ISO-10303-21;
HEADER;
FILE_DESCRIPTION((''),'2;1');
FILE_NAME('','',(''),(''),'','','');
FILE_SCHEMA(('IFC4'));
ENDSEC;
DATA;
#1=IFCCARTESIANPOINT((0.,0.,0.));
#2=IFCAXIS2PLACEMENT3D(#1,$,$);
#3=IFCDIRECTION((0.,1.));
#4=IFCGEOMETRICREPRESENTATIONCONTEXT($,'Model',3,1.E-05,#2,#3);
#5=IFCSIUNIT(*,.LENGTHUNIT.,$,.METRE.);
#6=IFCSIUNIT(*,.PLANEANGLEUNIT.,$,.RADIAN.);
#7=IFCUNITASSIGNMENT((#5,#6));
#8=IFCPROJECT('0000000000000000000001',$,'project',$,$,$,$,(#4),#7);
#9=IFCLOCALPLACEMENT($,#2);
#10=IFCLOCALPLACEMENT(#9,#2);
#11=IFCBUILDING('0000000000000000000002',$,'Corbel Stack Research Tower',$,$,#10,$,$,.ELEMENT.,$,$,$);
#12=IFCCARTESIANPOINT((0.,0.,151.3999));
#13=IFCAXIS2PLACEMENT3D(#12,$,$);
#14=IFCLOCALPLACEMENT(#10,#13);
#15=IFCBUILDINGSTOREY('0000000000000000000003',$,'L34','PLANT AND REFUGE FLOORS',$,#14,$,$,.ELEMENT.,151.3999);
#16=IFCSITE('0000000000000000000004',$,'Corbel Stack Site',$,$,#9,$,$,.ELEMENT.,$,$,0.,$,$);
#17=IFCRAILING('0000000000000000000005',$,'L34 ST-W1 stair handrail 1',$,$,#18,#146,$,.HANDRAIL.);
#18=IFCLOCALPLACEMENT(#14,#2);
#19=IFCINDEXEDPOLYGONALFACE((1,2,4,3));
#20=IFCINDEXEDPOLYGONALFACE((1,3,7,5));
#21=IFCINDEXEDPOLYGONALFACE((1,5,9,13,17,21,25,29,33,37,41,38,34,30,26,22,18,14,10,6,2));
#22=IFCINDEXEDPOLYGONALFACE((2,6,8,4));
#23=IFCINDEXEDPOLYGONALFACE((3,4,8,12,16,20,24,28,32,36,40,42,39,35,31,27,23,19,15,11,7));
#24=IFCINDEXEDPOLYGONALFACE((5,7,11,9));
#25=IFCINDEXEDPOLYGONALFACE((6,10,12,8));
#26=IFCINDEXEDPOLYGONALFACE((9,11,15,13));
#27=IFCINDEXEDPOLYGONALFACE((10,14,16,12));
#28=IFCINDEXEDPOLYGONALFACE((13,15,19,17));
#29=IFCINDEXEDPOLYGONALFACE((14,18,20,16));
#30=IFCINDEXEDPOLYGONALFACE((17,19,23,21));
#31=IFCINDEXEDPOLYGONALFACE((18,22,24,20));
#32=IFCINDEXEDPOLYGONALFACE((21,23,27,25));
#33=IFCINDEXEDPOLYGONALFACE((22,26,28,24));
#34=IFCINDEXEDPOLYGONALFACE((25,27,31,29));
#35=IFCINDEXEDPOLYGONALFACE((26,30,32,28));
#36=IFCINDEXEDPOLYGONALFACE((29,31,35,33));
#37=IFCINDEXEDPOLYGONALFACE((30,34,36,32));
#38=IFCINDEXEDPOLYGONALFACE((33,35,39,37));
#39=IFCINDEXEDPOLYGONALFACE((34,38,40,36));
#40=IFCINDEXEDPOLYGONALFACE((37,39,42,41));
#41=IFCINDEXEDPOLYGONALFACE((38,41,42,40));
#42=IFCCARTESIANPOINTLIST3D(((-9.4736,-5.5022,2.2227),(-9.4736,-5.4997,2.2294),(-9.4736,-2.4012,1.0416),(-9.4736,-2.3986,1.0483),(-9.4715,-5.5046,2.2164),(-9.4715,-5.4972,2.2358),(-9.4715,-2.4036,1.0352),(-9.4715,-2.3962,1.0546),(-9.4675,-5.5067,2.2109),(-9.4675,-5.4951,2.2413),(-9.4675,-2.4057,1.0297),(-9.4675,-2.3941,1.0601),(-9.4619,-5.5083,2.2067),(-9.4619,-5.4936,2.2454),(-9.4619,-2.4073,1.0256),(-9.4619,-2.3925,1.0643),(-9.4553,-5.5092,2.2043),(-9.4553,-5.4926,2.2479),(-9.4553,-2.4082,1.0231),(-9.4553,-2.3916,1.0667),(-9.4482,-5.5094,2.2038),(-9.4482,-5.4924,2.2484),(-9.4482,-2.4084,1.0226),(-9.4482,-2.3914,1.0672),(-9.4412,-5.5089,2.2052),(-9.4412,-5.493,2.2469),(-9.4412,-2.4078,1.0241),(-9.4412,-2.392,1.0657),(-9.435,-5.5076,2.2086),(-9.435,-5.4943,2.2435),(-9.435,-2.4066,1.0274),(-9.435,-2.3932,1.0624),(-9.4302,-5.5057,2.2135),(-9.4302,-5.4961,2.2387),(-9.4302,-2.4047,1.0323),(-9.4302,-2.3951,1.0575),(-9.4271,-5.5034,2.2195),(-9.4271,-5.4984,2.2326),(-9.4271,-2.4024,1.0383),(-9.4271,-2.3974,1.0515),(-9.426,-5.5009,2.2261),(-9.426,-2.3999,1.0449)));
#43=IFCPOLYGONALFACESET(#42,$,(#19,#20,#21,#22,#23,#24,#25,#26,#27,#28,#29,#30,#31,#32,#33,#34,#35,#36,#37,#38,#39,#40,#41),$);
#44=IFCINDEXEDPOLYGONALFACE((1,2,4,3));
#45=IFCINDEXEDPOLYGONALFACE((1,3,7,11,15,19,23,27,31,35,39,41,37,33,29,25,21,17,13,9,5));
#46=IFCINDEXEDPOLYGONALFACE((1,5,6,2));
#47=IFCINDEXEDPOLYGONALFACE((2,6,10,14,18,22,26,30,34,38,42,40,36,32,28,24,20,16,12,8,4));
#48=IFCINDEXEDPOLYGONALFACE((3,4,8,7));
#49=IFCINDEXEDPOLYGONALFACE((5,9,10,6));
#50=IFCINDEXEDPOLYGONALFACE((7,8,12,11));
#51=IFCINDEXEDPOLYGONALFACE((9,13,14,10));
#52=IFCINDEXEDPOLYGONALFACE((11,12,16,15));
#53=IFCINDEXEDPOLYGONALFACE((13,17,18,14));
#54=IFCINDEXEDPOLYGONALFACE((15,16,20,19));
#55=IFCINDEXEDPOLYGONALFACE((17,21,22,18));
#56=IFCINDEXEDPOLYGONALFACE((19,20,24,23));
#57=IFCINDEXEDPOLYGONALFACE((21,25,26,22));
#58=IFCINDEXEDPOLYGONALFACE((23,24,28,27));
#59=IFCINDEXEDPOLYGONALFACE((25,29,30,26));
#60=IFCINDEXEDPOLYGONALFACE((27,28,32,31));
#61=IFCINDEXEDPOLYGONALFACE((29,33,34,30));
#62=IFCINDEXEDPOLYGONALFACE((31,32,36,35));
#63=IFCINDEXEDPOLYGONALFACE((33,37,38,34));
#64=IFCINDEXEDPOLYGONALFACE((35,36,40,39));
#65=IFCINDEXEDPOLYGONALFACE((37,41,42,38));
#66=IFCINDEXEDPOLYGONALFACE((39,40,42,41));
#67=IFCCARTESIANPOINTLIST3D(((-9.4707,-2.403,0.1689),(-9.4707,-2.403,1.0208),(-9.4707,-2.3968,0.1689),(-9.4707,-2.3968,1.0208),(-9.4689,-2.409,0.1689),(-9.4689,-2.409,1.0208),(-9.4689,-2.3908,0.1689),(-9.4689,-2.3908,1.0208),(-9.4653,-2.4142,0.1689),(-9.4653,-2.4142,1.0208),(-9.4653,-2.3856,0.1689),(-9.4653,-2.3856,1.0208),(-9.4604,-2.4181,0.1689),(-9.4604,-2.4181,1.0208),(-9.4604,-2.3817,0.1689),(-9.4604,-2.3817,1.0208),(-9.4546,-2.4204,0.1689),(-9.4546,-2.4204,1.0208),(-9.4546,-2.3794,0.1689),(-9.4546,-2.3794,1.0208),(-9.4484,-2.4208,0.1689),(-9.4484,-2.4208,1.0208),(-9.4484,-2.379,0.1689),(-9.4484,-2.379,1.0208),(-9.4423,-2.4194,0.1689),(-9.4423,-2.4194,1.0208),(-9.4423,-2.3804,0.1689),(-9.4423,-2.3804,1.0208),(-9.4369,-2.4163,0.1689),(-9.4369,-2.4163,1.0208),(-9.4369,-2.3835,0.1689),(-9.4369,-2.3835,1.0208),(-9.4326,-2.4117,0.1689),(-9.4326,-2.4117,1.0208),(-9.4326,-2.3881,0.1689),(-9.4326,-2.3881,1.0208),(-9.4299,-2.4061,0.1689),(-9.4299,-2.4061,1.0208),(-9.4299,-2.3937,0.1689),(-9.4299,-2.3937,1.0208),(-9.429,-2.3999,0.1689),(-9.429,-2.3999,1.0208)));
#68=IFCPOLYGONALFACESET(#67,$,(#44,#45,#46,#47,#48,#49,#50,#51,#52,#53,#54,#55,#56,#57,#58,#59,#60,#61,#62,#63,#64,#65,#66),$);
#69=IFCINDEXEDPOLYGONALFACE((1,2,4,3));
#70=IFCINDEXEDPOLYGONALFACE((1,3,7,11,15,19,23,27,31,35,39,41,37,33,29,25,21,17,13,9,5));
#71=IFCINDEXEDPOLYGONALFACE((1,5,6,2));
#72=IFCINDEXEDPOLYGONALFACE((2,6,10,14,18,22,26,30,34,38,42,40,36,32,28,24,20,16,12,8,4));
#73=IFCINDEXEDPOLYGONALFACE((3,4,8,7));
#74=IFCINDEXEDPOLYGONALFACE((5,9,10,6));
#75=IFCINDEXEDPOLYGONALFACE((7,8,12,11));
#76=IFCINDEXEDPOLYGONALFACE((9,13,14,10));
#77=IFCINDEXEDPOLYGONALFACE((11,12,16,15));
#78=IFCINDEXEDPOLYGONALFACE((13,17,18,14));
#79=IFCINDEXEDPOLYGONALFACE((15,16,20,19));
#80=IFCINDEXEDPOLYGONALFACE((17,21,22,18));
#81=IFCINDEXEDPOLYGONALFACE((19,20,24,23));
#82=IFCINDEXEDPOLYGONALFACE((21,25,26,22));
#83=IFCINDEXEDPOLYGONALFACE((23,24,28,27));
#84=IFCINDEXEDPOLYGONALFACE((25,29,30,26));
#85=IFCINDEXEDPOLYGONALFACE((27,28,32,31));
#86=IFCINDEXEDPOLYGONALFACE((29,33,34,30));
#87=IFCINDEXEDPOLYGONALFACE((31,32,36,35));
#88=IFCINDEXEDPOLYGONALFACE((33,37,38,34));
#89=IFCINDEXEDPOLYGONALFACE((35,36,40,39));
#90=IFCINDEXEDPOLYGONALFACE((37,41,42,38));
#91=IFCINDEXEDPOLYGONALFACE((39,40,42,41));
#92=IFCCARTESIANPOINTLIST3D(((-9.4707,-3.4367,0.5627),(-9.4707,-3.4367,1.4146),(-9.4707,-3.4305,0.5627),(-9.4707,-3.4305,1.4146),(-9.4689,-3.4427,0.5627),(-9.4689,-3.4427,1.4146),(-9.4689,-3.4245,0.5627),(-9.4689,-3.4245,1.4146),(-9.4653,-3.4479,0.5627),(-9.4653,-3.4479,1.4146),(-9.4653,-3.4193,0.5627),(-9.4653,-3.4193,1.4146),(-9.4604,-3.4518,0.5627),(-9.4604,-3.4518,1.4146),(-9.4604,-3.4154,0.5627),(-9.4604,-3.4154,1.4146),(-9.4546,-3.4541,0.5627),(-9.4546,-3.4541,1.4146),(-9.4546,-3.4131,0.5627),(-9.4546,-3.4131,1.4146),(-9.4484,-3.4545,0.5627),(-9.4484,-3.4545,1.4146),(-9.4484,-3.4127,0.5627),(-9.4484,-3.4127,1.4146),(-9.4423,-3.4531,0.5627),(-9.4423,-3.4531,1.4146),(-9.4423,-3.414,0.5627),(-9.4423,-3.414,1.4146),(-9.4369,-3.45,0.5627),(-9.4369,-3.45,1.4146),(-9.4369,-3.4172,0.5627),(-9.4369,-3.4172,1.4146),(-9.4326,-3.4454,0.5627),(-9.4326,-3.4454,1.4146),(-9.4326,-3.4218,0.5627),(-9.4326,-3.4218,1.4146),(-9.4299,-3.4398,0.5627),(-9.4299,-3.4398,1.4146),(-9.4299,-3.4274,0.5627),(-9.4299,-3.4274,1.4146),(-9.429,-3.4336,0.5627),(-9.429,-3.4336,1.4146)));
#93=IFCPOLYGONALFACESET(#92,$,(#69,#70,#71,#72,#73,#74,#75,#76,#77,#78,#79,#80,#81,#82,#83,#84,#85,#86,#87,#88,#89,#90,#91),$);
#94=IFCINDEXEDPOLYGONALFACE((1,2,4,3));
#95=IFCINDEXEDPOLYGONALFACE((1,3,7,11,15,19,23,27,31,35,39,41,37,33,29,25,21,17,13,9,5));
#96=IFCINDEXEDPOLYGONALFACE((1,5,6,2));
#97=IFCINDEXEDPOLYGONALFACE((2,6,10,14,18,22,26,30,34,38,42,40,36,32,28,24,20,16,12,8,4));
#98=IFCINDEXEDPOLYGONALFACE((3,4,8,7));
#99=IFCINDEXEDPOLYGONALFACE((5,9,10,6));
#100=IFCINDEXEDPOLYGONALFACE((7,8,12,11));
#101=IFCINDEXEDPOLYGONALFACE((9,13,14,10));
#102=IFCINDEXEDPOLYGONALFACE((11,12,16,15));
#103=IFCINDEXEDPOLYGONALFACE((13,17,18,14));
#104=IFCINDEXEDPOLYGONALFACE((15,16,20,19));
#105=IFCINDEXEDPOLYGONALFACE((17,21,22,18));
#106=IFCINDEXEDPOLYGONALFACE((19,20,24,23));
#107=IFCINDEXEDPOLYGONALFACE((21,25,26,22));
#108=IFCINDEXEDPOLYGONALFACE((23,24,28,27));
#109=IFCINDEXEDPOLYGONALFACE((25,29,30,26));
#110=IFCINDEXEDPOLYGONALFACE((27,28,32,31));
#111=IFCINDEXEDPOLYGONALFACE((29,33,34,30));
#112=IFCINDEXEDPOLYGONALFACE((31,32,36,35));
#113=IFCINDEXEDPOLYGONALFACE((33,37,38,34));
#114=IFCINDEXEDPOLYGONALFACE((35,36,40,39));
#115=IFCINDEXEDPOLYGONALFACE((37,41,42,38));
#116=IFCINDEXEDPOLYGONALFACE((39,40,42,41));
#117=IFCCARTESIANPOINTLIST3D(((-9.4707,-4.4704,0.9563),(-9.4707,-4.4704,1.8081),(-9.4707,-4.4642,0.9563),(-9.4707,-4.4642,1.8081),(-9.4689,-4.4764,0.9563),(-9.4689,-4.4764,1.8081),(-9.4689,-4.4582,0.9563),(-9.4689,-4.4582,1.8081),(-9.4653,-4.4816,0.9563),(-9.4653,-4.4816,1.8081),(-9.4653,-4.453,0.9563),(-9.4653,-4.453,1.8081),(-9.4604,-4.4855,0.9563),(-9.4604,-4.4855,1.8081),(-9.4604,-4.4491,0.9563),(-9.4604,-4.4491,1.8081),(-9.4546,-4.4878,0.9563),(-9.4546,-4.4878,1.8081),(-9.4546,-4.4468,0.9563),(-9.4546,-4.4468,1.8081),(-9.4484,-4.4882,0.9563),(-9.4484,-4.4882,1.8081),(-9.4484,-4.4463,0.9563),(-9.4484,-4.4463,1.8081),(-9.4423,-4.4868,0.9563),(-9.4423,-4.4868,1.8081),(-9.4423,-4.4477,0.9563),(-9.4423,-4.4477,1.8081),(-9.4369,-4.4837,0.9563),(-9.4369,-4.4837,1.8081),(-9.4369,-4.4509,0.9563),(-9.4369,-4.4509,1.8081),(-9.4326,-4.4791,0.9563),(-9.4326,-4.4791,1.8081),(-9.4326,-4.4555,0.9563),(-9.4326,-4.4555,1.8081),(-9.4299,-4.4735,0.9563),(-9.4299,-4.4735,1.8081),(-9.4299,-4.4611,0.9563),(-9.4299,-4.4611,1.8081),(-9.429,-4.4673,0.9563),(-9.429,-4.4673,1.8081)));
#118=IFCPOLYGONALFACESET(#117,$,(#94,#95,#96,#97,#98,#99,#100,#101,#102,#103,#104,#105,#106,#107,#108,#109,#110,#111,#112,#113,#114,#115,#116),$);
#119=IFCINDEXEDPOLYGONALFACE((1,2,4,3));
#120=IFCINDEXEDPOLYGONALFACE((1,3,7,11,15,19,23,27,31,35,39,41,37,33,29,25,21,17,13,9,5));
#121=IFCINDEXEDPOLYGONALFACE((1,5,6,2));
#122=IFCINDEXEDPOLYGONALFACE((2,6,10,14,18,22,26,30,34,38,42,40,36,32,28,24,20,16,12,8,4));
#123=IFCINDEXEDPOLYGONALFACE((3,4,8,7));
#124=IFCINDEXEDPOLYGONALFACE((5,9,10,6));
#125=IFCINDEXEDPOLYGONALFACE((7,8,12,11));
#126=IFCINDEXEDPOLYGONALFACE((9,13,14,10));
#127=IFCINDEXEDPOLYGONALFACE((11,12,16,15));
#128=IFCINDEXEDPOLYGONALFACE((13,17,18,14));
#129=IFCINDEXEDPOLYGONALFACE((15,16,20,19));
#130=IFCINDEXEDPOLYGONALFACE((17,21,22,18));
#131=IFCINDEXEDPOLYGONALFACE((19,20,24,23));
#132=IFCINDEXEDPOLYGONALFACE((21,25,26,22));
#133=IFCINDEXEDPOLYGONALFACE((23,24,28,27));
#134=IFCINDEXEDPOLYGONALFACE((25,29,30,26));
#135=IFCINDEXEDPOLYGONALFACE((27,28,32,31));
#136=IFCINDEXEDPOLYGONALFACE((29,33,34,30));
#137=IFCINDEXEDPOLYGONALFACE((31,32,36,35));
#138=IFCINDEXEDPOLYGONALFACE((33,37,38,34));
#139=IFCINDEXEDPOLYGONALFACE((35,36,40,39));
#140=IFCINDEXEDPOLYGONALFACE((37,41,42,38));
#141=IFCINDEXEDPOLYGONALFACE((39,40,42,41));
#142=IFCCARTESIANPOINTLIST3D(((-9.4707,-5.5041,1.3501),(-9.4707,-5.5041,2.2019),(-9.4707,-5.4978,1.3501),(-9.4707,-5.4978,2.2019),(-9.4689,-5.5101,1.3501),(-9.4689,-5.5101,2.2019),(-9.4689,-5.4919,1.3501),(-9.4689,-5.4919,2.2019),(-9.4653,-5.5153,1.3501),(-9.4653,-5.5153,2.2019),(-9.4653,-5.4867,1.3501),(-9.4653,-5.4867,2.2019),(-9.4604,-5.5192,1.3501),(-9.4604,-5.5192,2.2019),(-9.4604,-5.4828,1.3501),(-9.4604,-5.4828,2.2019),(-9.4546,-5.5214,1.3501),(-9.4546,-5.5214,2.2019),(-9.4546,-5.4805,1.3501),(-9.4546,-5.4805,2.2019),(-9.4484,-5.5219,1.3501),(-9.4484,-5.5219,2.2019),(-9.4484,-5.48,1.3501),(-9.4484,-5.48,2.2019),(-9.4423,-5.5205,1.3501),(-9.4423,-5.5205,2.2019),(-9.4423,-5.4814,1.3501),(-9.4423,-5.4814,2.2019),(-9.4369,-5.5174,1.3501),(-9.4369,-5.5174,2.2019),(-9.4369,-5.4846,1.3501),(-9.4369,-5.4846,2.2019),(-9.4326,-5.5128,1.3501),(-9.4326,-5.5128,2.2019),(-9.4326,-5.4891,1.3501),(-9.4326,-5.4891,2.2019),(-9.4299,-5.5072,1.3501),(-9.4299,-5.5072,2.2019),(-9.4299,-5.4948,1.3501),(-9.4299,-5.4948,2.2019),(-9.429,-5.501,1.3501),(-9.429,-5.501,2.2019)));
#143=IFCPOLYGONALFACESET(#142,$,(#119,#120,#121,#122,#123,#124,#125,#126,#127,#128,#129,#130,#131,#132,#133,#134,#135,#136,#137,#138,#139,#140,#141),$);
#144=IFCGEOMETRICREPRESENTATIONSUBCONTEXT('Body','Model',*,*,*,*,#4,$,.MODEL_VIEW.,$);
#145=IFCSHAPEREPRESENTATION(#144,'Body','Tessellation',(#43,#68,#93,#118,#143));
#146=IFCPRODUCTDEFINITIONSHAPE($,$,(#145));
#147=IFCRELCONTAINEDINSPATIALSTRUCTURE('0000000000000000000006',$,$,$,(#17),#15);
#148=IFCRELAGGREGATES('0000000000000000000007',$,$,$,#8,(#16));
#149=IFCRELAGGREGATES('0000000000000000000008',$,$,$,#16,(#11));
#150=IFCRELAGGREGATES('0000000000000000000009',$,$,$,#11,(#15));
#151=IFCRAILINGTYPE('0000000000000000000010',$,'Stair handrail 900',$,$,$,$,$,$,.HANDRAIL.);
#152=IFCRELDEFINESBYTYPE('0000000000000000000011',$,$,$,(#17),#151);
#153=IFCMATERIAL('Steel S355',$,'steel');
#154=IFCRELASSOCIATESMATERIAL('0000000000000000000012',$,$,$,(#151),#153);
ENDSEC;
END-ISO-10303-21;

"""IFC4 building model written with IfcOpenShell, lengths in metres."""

from ifc_helpers import new_model, si_unit, direction, frame, origin, origin_2d, place, context, subcontext, project, spatial, circle, extrude, material, type_object, element, save


model = new_model("IFC4")

# Units and contexts
model_context = context("Model", 3, precision=1e-05, world=origin(), true_north=direction((0.0, 1.0)))
body_context = subcontext(model_context, "Body", "Model", "MODEL_VIEW")
ifc_project = project(units=[si_unit("LENGTHUNIT", "METRE"), si_unit("PLANEANGLEUNIT", "RADIAN")], contexts=[model_context])

# Site, building, storey
site_placement = place(None, origin())
site = spatial("IfcSite", under=ifc_project, at=site_placement, Name="Corbel Stack Site", CompositionType="ELEMENT", RefElevation=0.0)
building_placement = place(site_placement, origin())
building = spatial("IfcBuilding", under=site, at=building_placement, Name="Corbel Stack Research Tower", CompositionType="ELEMENT")
storey_placement = place(building_placement, frame((0.0, 0.0, 151.3999)))
storey = spatial("IfcBuildingStorey", under=building, at=storey_placement, Name="L34", Description="PLANT AND REFUGE FLOORS", CompositionType="ELEMENT", Elevation=151.3999)

# Railing
ifc_material_1 = material(Name="Steel S355", Category="steel")
railing_type_1 = type_object("IfcRailingType", Name="Stair handrail 900", PredefinedType="HANDRAIL", material=ifc_material_1)
for number, where, name in (
    (1, (-9.45, -2.3999, 0.1689), "L34 ST-W1 stair handrail 1"),
):
    element("IfcRailing", number, at=place(storey_placement, frame(where)), inside=storey, type_object=railing_type_1, Name=name, PredefinedType="HANDRAIL", context=body_context, shape_type="SweptSolid", body=[
        extrude(circle(Radius=0.0239, at=origin_2d()), frame((0.0, 0.0, 0.876), z_axis=(0.0, -0.934509, 0.35594), x_axis=(1.0, 0.0, 0.0)), (0.0, 0.0, 1.0), 3.3184),
        extrude(circle(Radius=0.021, at=origin_2d()), origin(), (0.0, 0.0, 1.0), 0.8518),
        extrude(circle(Radius=0.021, at=origin_2d()), frame((0.0, -1.0337, 0.3938)), (0.0, 0.0, 1.0), 0.8518),
        extrude(circle(Radius=0.021, at=origin_2d()), frame((0.0, -2.0674, 0.7874)), (0.0, 0.0, 1.0), 0.8518),
        extrude(circle(Radius=0.021, at=origin_2d()), frame((0.0, -3.1011, 1.1812)), (0.0, 0.0, 1.0), 0.8518),
    ])

save(model, "model.ifc")
